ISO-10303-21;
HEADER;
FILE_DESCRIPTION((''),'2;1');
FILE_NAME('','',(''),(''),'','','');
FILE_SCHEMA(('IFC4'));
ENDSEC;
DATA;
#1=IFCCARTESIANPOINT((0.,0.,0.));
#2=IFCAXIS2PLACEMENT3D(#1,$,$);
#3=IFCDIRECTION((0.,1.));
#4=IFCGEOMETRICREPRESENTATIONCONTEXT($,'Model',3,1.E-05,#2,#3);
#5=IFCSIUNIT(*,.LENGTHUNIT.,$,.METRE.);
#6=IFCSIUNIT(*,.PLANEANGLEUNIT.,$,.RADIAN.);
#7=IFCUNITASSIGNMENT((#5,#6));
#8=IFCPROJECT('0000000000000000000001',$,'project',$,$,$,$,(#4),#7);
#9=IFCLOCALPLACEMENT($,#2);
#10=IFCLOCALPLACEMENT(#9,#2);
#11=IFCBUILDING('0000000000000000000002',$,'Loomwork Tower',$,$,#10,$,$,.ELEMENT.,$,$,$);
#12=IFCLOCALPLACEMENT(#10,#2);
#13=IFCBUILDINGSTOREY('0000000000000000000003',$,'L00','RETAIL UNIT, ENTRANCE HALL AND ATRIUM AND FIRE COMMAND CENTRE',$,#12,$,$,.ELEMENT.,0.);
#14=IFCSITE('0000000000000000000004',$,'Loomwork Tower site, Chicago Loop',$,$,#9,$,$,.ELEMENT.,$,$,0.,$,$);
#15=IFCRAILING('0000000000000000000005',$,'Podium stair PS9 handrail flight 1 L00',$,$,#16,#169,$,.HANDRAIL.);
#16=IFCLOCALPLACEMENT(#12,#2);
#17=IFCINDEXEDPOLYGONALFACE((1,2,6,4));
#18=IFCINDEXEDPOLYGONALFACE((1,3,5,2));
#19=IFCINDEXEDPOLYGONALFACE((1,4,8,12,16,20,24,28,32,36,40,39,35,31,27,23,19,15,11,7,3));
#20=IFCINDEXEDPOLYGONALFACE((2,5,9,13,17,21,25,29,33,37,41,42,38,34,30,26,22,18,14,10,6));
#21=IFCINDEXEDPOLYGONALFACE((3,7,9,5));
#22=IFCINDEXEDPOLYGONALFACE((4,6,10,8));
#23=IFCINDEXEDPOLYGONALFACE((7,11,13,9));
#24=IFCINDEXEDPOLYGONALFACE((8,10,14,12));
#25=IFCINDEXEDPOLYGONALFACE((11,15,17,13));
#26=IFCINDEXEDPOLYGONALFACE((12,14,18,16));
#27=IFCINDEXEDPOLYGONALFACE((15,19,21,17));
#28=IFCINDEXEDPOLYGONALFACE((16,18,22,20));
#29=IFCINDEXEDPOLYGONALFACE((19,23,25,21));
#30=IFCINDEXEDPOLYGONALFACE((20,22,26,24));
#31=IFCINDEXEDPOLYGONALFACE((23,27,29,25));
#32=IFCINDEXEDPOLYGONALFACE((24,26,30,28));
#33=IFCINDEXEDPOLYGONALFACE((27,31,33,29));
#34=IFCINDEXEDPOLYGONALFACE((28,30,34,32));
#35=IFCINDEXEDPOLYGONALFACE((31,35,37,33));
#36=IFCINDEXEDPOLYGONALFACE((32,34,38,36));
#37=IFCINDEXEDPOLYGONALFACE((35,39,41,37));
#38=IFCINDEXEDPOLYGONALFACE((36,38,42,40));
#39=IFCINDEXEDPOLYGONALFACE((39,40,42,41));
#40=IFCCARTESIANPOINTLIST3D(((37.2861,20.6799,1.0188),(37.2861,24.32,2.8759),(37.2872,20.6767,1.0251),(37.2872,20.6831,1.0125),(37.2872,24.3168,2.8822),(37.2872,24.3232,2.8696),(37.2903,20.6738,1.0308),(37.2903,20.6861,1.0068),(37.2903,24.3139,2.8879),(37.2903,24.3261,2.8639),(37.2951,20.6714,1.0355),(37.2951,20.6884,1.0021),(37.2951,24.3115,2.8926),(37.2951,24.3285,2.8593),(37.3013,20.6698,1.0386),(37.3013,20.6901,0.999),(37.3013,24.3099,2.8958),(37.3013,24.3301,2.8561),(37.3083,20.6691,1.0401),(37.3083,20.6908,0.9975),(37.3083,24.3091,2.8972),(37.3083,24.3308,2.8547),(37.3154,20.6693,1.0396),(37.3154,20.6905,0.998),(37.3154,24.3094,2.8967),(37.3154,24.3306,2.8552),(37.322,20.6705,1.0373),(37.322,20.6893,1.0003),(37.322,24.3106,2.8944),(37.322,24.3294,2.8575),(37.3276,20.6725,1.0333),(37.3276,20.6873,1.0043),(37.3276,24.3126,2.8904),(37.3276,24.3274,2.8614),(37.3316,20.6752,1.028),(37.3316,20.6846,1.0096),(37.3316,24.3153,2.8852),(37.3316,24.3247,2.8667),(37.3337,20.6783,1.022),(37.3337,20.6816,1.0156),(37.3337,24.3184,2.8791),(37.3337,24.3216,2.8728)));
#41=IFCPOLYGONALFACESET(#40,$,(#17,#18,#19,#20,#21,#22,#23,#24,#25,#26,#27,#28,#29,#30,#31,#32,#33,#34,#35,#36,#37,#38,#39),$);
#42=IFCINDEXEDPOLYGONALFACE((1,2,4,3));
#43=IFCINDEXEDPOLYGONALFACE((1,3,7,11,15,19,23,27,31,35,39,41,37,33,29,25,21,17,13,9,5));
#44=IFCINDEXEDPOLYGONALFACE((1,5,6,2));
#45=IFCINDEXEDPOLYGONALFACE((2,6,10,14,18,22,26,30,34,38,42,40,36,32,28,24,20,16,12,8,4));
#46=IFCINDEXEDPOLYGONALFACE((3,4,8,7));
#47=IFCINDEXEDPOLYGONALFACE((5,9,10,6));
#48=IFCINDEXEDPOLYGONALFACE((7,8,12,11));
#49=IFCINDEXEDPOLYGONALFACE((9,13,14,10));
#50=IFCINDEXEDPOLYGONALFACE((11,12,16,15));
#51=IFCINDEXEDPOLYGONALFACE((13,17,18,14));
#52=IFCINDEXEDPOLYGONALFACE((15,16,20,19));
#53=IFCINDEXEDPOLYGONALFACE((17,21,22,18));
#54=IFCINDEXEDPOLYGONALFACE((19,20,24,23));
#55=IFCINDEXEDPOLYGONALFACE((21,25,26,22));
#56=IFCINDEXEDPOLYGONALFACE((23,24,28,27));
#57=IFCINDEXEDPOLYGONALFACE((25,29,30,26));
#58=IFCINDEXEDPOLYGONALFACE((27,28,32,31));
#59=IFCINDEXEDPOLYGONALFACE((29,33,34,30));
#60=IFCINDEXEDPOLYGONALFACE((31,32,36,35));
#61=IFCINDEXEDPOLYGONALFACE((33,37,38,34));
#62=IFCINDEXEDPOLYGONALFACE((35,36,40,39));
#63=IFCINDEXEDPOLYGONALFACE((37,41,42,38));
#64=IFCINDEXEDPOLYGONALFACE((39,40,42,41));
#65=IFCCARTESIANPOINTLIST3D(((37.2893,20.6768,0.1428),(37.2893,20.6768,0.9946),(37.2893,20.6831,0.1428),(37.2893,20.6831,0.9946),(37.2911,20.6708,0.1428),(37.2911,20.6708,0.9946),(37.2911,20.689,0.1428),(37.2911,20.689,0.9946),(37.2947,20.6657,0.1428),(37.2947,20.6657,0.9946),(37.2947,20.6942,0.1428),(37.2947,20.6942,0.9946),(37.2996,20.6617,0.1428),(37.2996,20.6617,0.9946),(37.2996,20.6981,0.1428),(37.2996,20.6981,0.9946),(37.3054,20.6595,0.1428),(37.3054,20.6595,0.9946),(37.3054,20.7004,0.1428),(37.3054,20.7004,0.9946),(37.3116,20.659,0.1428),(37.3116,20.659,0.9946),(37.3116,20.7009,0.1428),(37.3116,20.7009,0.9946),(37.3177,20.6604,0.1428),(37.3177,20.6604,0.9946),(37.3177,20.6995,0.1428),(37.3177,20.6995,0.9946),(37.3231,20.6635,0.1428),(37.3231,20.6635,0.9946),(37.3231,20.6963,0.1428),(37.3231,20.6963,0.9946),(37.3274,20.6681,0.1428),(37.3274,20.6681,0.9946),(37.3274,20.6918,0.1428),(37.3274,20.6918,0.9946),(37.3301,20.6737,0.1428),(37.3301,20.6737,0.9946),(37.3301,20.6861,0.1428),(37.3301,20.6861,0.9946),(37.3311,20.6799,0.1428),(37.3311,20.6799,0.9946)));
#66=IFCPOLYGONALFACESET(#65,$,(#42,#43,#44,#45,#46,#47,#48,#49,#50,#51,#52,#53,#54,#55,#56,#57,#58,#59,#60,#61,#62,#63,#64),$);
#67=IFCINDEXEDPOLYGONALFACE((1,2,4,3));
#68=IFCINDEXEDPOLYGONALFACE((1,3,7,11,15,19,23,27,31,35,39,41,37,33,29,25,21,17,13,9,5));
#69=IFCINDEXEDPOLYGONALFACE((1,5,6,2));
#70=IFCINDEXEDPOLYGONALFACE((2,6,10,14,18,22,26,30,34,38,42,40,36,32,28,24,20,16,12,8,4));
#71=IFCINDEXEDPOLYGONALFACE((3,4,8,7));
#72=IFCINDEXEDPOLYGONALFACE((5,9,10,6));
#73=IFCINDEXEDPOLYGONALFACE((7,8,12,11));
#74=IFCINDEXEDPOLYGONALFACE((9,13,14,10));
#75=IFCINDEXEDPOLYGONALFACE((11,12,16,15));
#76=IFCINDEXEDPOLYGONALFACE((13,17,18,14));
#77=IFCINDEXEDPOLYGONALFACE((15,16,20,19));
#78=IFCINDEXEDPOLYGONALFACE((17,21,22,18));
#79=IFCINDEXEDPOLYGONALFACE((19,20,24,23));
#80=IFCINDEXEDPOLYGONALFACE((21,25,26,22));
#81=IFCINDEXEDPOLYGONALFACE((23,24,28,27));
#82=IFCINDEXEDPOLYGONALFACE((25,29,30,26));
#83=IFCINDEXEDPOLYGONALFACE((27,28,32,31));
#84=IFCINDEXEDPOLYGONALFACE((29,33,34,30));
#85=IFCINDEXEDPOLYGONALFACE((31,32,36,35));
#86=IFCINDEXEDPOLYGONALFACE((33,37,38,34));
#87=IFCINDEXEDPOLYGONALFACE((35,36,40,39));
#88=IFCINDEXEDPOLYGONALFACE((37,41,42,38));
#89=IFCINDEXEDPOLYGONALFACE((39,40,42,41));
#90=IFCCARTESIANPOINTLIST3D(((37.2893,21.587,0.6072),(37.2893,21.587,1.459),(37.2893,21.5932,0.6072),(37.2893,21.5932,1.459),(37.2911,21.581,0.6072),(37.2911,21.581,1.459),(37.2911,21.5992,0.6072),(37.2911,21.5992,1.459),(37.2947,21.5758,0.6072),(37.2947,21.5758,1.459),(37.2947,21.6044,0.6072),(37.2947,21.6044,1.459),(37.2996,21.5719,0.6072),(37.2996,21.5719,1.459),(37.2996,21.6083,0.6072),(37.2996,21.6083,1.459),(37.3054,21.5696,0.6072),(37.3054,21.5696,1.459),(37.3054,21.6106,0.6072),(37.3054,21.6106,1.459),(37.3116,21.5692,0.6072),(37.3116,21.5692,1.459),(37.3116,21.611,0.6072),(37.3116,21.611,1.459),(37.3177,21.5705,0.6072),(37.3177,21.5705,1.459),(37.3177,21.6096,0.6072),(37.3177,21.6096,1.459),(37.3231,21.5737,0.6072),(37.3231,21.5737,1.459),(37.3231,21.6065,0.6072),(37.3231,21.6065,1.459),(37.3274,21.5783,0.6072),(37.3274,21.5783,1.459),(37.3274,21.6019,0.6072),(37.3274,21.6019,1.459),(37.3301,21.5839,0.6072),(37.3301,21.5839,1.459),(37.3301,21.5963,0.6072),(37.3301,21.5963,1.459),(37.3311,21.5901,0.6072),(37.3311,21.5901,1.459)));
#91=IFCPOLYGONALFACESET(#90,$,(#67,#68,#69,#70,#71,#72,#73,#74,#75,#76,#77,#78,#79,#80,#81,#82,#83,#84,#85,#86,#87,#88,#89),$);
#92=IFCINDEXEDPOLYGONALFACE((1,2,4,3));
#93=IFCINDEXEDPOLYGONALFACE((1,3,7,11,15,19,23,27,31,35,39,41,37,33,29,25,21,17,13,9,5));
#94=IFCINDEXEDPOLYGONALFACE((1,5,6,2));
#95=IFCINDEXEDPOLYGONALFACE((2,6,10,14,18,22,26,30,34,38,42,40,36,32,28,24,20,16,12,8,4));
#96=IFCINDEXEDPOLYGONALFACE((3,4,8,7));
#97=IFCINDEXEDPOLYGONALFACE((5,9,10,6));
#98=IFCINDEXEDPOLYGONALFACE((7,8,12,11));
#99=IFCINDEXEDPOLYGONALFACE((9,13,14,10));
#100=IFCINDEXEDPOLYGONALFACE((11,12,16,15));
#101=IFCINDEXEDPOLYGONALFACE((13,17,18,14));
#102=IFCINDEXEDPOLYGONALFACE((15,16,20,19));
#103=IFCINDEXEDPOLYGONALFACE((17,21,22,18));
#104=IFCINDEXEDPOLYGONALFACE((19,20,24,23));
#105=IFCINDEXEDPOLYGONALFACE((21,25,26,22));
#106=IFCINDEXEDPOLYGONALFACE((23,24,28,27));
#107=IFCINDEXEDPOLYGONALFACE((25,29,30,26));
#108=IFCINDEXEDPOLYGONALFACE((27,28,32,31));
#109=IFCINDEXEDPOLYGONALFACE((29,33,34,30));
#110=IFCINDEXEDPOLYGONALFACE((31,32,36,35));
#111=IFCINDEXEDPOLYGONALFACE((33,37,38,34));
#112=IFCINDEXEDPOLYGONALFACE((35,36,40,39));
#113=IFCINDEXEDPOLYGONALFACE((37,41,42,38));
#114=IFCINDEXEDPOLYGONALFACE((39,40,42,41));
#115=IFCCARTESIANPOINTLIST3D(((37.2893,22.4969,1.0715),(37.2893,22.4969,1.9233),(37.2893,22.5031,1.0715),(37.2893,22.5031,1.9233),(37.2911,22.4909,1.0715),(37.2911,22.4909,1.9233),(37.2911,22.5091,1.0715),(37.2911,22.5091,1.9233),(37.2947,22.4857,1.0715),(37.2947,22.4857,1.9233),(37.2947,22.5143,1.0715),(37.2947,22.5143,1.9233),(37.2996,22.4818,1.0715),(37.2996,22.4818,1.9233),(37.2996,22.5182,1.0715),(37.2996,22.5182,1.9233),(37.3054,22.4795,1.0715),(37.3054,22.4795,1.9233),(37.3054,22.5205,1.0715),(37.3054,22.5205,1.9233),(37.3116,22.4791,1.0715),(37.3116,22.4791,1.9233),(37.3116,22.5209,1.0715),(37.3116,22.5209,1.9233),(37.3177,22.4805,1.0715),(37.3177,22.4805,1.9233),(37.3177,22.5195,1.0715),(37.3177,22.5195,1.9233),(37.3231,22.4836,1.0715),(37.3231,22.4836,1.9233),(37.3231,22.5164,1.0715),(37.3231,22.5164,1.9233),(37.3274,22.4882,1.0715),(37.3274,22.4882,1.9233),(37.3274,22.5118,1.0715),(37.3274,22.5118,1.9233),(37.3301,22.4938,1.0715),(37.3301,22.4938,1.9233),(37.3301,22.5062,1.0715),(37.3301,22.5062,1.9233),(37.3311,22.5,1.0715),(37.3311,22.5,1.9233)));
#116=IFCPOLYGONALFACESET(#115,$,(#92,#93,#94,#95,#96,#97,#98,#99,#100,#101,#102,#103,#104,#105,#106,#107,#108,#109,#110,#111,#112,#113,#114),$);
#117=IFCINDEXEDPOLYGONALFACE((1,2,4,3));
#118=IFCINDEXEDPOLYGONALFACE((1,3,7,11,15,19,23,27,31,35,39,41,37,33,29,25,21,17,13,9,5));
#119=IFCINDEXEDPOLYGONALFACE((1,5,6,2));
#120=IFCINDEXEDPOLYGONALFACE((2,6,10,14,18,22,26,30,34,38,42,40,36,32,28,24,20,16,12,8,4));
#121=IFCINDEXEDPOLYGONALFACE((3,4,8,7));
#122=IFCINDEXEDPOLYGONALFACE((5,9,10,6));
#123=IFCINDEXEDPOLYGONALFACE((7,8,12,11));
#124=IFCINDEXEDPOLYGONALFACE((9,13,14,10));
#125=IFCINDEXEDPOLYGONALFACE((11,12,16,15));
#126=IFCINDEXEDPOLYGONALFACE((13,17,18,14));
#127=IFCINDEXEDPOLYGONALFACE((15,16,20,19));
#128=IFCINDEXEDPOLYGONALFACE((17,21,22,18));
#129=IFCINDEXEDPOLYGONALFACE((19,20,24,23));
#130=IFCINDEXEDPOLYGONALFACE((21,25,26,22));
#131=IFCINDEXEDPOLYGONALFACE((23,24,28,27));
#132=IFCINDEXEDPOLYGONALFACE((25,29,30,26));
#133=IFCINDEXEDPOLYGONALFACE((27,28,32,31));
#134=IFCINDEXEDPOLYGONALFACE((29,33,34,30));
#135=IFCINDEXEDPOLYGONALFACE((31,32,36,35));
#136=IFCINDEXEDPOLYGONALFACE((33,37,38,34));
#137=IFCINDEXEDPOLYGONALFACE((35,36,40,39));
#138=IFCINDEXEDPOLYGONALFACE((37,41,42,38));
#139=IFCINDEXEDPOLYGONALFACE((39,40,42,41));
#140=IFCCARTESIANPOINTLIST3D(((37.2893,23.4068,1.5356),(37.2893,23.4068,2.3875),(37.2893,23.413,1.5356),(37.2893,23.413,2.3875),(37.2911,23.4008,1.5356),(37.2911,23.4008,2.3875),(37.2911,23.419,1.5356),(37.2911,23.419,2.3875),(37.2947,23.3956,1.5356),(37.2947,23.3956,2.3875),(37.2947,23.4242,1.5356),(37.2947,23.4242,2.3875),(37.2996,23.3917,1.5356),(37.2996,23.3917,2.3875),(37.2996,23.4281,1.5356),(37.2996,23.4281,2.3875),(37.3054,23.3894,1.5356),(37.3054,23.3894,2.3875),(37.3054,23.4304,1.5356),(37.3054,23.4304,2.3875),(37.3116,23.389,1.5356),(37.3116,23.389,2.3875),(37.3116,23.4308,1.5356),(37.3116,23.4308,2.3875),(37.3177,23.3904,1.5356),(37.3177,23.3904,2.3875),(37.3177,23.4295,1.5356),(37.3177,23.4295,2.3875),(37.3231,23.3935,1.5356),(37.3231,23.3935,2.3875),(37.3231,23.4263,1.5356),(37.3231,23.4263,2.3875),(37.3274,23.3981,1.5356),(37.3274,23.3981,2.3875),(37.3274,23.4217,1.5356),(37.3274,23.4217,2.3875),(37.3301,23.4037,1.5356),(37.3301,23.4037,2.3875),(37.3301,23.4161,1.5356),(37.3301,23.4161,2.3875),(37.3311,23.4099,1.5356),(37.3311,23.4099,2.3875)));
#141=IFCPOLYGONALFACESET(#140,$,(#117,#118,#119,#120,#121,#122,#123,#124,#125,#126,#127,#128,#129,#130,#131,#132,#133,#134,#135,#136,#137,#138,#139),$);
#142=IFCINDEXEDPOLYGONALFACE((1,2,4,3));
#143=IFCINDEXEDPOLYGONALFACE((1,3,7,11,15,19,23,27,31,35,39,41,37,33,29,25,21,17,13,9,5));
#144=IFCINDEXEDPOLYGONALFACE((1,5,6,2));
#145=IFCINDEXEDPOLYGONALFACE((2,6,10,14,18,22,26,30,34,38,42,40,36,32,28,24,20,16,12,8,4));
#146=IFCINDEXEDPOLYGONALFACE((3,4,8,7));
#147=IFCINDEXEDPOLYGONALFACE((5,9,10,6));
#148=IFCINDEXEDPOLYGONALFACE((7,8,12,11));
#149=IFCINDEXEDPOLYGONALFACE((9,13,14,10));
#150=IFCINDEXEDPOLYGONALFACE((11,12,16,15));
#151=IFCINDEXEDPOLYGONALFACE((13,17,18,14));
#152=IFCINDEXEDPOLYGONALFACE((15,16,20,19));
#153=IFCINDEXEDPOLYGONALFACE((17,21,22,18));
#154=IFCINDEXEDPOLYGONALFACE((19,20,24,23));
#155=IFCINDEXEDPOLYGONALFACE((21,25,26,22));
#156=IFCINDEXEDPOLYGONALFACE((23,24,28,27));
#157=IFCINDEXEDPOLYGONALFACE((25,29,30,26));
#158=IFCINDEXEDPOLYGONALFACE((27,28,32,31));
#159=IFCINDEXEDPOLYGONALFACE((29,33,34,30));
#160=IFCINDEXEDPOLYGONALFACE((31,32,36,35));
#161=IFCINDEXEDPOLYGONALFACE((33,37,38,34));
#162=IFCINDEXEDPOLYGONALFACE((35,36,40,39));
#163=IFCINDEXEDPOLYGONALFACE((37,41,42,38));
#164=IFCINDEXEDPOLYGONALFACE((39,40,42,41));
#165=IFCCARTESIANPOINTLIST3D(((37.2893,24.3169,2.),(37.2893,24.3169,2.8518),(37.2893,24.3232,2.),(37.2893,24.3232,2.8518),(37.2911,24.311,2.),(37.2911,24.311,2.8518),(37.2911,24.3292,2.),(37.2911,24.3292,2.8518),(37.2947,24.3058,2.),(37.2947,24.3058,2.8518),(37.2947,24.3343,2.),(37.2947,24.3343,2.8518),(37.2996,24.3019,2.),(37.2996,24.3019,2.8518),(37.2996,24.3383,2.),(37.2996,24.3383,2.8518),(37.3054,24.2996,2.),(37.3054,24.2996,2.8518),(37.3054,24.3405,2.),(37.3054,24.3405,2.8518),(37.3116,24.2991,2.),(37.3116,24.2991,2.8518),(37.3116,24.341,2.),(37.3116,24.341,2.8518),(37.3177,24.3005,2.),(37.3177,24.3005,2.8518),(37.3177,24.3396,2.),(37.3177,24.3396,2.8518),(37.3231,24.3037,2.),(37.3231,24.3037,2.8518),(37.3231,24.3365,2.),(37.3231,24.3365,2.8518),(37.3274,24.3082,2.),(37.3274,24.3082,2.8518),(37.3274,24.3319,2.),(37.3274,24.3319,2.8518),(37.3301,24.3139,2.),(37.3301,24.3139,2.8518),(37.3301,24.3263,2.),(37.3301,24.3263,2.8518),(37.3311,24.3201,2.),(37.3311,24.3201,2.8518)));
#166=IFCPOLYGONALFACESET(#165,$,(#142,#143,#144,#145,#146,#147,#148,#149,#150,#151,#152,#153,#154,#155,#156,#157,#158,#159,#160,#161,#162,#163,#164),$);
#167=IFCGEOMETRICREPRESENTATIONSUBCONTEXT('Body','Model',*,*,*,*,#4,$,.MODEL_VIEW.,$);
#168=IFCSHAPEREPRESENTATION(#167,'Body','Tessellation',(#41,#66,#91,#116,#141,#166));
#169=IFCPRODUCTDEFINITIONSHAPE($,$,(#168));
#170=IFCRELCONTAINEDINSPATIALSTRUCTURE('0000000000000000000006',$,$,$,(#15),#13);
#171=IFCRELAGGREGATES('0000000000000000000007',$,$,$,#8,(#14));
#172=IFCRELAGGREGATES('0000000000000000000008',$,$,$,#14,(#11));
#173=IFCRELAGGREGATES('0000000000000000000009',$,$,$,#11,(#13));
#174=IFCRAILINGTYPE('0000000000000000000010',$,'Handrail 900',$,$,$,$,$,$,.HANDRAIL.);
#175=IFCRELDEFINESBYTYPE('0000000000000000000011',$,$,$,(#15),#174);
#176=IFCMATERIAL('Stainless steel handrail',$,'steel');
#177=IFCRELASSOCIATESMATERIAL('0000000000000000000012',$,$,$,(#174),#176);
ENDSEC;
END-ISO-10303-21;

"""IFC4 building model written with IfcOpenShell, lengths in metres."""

from ifc_helpers import new_model, si_unit, direction, frame, origin, origin_2d, place, context, subcontext, project, spatial, circle, extrude, material, type_object, element, save


model = new_model("IFC4")

# Units and contexts
model_context = context("Model", 3, precision=1e-05, world=origin(), true_north=direction((0.0, 1.0)))
body_context = subcontext(model_context, "Body", "Model", "MODEL_VIEW")
ifc_project = project(units=[si_unit("LENGTHUNIT", "METRE"), si_unit("PLANEANGLEUNIT", "RADIAN")], contexts=[model_context])

# Site, building, storey
site_placement = place(None, origin())
site = spatial("IfcSite", under=ifc_project, at=site_placement, Name="Loomwork Tower site, Chicago Loop", CompositionType="ELEMENT", RefElevation=0.0)
building_placement = place(site_placement, origin())
building = spatial("IfcBuilding", under=site, at=building_placement, Name="Loomwork Tower", CompositionType="ELEMENT")
storey_placement = place(building_placement, origin())
storey = spatial("IfcBuildingStorey", under=building, at=storey_placement, Name="L00", Description="RETAIL UNIT, ENTRANCE HALL AND ATRIUM AND FIRE COMMAND CENTRE", CompositionType="ELEMENT", Elevation=0.0)

# Railing
ifc_material_1 = material(Name="Stainless steel handrail", Category="steel")
railing_type = type_object("IfcRailingType", Name="Handrail 900", PredefinedType="HANDRAIL", material=ifc_material_1)
for number, where, name in (
    (1, (37.3101, 20.6799, 0.1428), "Podium stair PS9 handrail flight 1 L00"),
):
    element("IfcRailing", number, at=place(storey_placement, frame(where)), inside=storey, type_object=railing_type, Name=name, PredefinedType="HANDRAIL", context=body_context, shape_type="SweptSolid", body=[
        extrude(circle(Radius=0.0239, at=origin_2d()), frame((0.0, 0.0, 0.876), z_axis=(0.0, 0.890765, 0.454464), x_axis=(-1.0, 0.0, 0.0)), (0.0, 0.0, 1.0), 4.0864),
        extrude(circle(Radius=0.021, at=origin_2d()), origin(), (0.0, 0.0, 1.0), 0.8518),
        extrude(circle(Radius=0.021, at=origin_2d()), frame((0.0, 0.9102, 0.4644)), (0.0, 0.0, 1.0), 0.8518),
        extrude(circle(Radius=0.021, at=origin_2d()), frame((0.0, 1.8201, 0.9287)), (0.0, 0.0, 1.0), 0.8518),
        extrude(circle(Radius=0.021, at=origin_2d()), frame((0.0, 2.73, 1.3928)), (0.0, 0.0, 1.0), 0.8518),
        extrude(circle(Radius=0.021, at=origin_2d()), frame((0.0, 3.6401, 1.8572)), (0.0, 0.0, 1.0), 0.8518),
    ])

save(model, "model.ifc")
